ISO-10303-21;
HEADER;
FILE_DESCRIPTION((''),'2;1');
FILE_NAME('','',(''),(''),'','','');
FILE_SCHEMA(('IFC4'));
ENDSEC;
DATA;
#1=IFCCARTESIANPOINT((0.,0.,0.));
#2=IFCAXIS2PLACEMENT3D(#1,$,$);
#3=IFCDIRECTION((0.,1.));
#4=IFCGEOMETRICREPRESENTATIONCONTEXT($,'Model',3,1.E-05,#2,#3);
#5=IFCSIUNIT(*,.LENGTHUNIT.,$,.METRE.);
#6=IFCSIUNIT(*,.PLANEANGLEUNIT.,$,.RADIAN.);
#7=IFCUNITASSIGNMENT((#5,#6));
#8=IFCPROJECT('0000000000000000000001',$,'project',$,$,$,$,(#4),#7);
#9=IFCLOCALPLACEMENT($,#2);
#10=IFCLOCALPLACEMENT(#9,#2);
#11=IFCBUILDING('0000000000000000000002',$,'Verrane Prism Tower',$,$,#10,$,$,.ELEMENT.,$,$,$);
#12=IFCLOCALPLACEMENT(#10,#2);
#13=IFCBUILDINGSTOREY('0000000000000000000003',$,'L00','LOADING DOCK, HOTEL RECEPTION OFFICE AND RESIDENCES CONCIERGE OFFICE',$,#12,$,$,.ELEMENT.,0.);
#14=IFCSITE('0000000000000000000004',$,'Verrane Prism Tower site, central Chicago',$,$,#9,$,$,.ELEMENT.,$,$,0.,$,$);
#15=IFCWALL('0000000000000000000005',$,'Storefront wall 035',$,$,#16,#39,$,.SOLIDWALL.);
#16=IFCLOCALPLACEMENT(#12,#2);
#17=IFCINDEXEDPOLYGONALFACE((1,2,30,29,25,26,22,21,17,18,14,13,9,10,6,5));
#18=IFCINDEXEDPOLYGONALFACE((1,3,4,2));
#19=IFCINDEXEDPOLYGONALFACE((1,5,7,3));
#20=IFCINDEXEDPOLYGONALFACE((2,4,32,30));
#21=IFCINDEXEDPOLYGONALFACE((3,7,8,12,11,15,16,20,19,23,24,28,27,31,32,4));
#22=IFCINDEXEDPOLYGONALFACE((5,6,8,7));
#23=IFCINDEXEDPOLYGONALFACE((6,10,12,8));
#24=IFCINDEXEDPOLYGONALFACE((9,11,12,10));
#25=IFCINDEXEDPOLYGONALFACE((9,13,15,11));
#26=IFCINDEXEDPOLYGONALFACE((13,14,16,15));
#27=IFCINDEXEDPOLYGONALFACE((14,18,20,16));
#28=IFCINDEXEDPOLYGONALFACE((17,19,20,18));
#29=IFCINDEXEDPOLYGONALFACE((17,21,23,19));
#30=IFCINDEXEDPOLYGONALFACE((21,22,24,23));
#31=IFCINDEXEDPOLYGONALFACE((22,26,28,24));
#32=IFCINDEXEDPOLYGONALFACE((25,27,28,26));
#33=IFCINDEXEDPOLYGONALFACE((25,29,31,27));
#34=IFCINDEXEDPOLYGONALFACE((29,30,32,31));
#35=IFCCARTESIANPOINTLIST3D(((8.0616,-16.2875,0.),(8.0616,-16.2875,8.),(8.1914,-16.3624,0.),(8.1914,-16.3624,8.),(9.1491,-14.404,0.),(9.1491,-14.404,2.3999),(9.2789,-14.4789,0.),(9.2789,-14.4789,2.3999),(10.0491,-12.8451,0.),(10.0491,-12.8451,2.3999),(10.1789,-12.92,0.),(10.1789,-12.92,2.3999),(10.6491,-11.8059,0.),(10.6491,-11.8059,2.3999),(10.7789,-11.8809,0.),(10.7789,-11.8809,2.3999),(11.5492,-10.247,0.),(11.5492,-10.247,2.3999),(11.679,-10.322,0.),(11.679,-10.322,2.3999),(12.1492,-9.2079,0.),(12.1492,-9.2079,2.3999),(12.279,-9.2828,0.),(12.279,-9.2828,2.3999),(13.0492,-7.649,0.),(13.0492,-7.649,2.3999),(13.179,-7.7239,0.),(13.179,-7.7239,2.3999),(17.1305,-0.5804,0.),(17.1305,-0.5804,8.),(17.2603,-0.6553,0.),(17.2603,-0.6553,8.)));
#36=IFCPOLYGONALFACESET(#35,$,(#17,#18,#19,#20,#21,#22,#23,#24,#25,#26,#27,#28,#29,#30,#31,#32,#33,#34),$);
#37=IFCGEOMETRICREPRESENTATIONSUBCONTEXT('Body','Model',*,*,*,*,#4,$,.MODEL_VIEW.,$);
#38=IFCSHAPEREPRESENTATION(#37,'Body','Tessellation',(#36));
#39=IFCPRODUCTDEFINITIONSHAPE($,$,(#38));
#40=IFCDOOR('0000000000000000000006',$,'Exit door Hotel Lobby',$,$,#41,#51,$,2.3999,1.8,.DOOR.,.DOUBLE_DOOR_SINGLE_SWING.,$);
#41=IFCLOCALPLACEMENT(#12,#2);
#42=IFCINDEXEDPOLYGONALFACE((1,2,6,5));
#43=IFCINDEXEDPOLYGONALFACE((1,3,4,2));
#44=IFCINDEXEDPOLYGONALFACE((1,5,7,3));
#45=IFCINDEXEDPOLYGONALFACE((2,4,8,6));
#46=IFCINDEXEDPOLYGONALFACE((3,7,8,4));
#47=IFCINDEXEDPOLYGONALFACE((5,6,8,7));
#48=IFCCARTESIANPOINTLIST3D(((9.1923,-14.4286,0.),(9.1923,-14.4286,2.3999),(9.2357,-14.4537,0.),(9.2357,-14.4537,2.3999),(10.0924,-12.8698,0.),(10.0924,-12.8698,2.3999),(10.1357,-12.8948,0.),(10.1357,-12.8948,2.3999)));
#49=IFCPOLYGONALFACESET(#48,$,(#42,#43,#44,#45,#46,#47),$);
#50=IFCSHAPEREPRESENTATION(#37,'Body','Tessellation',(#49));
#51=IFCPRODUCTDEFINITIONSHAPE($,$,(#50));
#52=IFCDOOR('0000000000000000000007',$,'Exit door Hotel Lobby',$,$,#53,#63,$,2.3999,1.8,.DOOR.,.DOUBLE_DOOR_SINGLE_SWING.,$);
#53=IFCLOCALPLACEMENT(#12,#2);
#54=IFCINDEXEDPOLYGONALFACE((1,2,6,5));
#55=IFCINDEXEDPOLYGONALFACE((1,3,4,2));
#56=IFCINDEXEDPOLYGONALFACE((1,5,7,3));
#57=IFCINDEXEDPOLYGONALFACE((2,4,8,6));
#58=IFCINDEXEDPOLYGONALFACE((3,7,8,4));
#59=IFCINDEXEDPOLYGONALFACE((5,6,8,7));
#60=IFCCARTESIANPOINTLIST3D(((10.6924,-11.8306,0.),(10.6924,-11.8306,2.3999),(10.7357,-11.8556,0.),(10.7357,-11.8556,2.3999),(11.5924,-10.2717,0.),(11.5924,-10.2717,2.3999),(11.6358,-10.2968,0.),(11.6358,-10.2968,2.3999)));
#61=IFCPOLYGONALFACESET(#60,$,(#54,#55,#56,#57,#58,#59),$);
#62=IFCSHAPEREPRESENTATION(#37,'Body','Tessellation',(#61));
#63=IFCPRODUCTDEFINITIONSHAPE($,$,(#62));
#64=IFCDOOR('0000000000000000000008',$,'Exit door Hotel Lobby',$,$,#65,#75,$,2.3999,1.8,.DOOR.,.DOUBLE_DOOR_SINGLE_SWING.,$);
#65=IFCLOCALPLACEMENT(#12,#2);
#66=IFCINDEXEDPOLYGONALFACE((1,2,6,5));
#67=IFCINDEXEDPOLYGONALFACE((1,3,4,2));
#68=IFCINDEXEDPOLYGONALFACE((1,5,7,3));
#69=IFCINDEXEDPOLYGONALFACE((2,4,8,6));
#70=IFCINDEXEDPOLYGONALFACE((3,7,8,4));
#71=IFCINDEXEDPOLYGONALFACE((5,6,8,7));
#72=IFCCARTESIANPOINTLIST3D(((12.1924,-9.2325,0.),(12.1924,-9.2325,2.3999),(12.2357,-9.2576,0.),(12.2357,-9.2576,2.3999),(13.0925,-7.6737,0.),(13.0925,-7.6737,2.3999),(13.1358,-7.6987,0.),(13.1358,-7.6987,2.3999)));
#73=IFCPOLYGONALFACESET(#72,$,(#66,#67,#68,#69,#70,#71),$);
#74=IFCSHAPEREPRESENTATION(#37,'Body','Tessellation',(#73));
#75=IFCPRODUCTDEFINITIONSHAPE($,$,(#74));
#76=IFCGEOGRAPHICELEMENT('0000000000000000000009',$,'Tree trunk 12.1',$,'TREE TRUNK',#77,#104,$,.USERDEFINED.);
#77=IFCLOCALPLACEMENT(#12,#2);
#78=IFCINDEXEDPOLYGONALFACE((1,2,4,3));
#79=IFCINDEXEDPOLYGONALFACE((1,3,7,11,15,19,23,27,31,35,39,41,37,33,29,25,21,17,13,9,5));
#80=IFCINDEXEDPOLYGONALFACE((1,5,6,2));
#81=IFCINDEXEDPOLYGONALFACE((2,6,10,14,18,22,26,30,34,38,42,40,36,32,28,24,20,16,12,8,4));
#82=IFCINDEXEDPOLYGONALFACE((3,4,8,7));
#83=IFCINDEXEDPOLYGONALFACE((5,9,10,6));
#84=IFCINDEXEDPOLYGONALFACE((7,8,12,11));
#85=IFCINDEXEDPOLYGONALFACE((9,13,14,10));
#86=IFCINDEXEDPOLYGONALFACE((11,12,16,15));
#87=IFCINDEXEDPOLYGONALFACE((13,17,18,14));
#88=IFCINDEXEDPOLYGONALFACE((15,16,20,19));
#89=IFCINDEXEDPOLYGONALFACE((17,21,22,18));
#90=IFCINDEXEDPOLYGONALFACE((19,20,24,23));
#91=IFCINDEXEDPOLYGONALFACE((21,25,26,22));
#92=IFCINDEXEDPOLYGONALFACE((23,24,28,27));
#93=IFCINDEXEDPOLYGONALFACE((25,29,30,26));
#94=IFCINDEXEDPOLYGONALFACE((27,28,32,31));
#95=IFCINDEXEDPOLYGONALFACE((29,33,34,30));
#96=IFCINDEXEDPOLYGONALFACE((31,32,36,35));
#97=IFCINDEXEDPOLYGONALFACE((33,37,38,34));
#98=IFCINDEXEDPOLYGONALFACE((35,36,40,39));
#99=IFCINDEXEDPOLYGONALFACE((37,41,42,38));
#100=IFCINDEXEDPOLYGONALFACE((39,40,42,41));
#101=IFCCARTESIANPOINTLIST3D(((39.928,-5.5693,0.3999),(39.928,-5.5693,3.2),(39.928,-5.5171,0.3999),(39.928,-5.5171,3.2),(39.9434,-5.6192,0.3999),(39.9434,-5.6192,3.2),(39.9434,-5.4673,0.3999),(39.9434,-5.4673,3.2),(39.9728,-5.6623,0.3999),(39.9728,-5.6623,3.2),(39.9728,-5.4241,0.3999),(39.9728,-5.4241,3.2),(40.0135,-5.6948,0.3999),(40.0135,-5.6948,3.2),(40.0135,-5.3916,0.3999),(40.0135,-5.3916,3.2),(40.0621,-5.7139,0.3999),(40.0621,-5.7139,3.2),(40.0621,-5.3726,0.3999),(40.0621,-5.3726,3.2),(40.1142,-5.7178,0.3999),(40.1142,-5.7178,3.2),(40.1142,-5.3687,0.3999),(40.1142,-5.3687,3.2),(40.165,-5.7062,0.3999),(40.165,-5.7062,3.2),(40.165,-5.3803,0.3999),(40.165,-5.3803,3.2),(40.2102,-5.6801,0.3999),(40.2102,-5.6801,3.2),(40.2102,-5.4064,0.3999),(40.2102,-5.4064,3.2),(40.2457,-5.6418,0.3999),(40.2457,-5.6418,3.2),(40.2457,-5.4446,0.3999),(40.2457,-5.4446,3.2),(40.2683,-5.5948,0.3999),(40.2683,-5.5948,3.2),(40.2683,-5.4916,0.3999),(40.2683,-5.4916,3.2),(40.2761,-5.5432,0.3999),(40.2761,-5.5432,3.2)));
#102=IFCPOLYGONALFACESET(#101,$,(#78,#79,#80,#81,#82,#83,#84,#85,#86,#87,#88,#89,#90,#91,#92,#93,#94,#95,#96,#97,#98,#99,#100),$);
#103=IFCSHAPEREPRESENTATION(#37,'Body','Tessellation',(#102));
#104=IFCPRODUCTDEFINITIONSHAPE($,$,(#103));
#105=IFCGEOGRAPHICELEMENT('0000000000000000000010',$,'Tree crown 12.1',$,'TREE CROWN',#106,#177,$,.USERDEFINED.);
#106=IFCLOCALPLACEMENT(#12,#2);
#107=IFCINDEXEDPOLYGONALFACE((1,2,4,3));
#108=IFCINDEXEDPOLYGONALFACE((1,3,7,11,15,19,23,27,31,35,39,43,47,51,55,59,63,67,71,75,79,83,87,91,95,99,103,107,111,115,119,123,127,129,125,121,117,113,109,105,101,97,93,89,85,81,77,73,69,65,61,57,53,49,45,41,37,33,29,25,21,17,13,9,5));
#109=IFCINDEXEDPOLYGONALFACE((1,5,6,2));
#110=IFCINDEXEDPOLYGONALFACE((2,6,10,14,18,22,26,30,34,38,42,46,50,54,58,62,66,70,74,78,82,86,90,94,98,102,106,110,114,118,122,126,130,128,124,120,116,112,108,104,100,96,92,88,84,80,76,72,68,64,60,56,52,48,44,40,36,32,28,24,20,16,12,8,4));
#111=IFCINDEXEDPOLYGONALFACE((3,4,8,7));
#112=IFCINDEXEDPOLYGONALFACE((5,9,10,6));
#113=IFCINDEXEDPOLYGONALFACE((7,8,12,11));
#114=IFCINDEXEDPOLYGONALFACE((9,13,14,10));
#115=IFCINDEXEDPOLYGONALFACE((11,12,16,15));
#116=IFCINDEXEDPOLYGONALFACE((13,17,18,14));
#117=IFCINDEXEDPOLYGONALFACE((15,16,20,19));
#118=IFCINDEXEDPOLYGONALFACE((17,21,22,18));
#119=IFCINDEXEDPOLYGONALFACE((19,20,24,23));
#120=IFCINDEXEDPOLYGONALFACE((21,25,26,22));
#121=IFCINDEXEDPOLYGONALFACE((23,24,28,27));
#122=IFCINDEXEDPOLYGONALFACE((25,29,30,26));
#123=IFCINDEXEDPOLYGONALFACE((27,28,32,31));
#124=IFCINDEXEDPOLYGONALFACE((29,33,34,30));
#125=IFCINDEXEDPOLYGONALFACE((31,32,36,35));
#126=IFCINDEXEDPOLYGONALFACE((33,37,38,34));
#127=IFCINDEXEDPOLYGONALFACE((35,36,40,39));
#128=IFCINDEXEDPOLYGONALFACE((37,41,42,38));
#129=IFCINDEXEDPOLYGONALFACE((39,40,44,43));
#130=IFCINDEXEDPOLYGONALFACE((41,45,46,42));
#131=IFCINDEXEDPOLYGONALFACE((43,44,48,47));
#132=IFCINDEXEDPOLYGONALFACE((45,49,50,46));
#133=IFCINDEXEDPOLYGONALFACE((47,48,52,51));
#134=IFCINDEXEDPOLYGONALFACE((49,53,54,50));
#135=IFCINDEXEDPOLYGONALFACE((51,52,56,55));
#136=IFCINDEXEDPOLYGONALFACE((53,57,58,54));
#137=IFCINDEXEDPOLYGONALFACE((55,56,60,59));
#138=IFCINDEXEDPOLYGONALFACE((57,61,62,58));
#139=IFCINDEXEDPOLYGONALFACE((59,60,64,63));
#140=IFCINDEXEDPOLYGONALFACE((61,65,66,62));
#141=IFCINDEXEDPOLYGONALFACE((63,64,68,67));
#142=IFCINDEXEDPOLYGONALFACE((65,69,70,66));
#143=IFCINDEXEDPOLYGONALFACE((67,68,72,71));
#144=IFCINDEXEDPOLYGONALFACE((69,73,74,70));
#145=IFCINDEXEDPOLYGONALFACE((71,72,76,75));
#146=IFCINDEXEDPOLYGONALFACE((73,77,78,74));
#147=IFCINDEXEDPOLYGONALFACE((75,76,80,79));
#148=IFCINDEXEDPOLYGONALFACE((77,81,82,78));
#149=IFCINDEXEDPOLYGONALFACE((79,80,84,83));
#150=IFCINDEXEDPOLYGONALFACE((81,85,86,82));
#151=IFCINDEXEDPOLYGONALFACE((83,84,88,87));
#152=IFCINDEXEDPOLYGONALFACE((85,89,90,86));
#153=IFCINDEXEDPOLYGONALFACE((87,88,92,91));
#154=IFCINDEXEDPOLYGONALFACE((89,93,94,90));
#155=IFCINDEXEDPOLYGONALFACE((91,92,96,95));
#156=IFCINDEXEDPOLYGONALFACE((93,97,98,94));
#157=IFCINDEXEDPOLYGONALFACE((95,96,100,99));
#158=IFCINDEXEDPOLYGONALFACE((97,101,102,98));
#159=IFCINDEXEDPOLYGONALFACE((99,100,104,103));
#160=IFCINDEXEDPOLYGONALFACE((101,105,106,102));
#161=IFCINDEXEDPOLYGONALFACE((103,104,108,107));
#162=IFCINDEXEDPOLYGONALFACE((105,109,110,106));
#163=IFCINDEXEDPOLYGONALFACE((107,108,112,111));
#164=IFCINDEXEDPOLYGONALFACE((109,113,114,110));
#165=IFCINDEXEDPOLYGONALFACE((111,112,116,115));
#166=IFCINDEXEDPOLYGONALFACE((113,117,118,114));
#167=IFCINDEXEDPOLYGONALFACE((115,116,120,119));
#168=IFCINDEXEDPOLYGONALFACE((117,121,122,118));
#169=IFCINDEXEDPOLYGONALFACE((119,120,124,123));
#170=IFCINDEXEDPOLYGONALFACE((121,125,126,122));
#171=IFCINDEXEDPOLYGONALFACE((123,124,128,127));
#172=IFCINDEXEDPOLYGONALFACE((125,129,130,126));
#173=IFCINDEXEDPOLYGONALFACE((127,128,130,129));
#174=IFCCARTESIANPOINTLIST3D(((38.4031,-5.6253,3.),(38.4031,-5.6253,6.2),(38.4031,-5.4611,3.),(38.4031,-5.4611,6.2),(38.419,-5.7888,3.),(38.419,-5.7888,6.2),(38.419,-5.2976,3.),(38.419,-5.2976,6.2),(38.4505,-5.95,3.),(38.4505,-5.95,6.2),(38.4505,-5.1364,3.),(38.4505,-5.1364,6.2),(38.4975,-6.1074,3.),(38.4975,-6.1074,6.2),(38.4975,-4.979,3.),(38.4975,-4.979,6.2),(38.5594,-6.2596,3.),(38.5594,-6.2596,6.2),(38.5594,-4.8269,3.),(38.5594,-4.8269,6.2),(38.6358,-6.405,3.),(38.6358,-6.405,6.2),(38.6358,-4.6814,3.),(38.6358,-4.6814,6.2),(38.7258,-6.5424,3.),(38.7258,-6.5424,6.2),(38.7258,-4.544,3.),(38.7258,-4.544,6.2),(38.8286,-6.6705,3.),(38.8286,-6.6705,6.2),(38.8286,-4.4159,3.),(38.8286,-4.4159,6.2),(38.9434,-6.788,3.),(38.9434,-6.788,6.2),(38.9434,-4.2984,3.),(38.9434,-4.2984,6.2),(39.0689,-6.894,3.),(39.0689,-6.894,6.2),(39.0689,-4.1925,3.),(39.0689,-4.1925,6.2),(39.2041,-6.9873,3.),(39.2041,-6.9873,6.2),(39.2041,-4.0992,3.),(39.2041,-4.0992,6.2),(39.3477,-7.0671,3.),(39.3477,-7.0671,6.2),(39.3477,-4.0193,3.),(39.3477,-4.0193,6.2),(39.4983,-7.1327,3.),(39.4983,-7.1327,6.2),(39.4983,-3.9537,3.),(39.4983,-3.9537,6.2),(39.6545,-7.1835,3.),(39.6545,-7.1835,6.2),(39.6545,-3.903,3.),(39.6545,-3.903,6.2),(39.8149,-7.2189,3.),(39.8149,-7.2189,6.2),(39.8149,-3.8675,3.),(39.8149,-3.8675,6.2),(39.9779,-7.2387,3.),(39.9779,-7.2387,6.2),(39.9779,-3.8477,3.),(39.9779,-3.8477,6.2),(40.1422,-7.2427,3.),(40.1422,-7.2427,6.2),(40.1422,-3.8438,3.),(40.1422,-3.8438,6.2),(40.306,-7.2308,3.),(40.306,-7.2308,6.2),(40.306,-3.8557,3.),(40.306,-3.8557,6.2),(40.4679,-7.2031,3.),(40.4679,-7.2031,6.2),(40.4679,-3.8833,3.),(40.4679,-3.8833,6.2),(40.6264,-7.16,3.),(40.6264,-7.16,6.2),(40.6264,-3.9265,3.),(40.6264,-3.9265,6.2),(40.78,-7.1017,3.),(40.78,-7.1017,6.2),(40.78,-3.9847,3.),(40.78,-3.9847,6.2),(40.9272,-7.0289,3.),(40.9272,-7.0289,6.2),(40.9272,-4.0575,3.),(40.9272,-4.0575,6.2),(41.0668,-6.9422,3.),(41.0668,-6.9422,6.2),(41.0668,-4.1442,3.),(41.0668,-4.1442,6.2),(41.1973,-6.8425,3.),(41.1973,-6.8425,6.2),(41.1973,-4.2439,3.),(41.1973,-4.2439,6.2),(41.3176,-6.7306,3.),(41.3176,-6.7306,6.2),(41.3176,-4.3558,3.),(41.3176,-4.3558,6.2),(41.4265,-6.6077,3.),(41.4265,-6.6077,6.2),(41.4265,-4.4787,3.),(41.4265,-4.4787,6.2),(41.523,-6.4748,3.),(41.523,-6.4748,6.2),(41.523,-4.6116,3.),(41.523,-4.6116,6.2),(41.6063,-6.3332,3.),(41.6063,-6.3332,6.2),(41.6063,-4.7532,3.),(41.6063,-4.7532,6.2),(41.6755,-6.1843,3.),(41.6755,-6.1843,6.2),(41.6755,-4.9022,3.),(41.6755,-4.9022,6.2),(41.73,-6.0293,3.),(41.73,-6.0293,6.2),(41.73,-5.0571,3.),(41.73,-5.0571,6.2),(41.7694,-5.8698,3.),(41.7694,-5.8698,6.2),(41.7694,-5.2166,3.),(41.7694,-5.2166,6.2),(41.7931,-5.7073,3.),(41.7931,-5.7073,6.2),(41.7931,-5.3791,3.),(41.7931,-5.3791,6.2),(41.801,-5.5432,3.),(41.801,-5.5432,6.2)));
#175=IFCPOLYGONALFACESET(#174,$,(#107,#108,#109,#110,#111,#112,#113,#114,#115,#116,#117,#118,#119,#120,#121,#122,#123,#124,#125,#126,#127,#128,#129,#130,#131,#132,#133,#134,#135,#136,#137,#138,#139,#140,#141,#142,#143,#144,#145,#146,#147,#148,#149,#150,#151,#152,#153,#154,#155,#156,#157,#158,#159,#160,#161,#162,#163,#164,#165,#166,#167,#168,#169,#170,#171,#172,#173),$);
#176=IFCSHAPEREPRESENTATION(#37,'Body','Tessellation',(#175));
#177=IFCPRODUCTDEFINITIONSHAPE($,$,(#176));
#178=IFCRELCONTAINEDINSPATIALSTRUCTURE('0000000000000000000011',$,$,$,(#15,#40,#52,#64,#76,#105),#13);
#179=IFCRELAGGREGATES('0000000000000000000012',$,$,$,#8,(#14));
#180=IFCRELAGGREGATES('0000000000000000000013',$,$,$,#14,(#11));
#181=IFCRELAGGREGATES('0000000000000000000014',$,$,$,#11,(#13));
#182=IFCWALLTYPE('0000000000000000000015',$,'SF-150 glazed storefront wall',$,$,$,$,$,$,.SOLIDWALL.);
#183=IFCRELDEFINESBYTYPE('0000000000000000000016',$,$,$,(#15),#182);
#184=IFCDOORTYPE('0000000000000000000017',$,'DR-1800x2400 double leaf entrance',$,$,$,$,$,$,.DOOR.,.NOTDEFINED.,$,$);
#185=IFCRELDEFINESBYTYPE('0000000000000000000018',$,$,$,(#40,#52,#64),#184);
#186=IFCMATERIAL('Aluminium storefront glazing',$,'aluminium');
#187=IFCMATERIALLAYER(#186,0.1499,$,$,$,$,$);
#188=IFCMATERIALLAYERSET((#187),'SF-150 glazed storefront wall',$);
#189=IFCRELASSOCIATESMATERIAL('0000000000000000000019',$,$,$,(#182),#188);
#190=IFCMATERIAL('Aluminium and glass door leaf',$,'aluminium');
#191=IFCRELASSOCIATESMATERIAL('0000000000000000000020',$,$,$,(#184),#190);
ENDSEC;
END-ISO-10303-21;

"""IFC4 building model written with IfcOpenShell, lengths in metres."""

from ifc_helpers import new_model, si_unit, direction, frame, frame_2d, origin, origin_2d, place, context, subcontext, project, spatial, rectangle, circle, extrude, material, layer, layer_set, type_object, element, fill, save


model = new_model("IFC4")

# Units and contexts
model_context = context("Model", 3, precision=1e-05, world=origin(), true_north=direction((0.0, 1.0)))
body_context = subcontext(model_context, "Body", "Model", "MODEL_VIEW")
ifc_project = project(units=[si_unit("LENGTHUNIT", "METRE"), si_unit("PLANEANGLEUNIT", "RADIAN")], contexts=[model_context])

# Site, building, storey
site_placement = place(None, origin())
site = spatial("IfcSite", under=ifc_project, at=site_placement, Name="Verrane Prism Tower site, central Chicago", CompositionType="ELEMENT", RefElevation=0.0)
building_placement = place(site_placement, origin())
building = spatial("IfcBuilding", under=site, at=building_placement, Name="Verrane Prism Tower", CompositionType="ELEMENT")
storey_placement = place(building_placement, origin())
storey = spatial("IfcBuildingStorey", under=building, at=storey_placement, Name="L00", Description="LOADING DOCK, HOTEL RECEPTION OFFICE AND RESIDENCES CONCIERGE OFFICE", CompositionType="ELEMENT", Elevation=0.0)

# Wall, openings, doors
ifc_material_1 = material(Name="Aluminium storefront glazing", Category="aluminium")
ifc_layer_1 = layer(ifc_material_1, 0.1499)
ifc_layer_set_1 = layer_set([ifc_layer_1], Name="SF-150 glazed storefront wall")
wall_type_1 = type_object("IfcWallType", Name="SF-150 glazed storefront wall", PredefinedType="SOLIDWALL", material=ifc_layer_set_1)
wall_1_placement = place(storey_placement, frame((8.1265, -16.325, 0.0), z_axis=(0.0, 0.0, 1.0), x_axis=(0.500016, 0.866016, 0.0)))
wall_1 = element("IfcWall", 1, at=wall_1_placement, inside=storey, type_object=wall_type_1, Name="Storefront wall 035", PredefinedType="SOLIDWALL", context=body_context, shape_type="SweptSolid", body=[
    extrude(rectangle(XDim=18.1372, YDim=0.1499, at=frame_2d((9.0686, 0.0))), origin(), (0.0, 0.0, 1.0), 8.0),
])
opening_1_placement = place(wall_1_placement, frame((2.175, 0.0, 0.0)))
opening_1 = element("IfcOpeningElement", 2, at=opening_1_placement, cuts=wall_1, PredefinedType="OPENING", context=body_context, shape_type="SweptSolid", body=[
    extrude(rectangle(XDim=1.8, YDim=2.3999, at=frame_2d((0.8999, 1.2))), frame((0.0, 0.085, 0.0), z_axis=(0.0, -1.0, 0.0), x_axis=(1.0, 0.0, 0.0)), (0.0, 0.0, 1.0), 0.1699),
])
opening_2_placement = place(wall_1_placement, frame((5.175, 0.0, 0.0)))
opening_2 = element("IfcOpeningElement", 3, at=opening_2_placement, cuts=wall_1, PredefinedType="OPENING", context=body_context, shape_type="SweptSolid", body=[
    extrude(rectangle(XDim=1.8, YDim=2.3999, at=frame_2d((0.8999, 1.2))), frame((0.0, 0.085, 0.0), z_axis=(0.0, -1.0, 0.0), x_axis=(1.0, 0.0, 0.0)), (0.0, 0.0, 1.0), 0.1699),
])
opening_3_placement = place(wall_1_placement, frame((8.175, 0.0, 0.0)))
opening_3 = element("IfcOpeningElement", 4, at=opening_3_placement, cuts=wall_1, PredefinedType="OPENING", context=body_context, shape_type="SweptSolid", body=[
    extrude(rectangle(XDim=1.8, YDim=2.3999, at=frame_2d((0.8999, 1.2))), frame((0.0, 0.085, 0.0), z_axis=(0.0, -1.0, 0.0), x_axis=(1.0, 0.0, 0.0)), (0.0, 0.0, 1.0), 0.1699),
])
ifc_material_2 = material(Name="Aluminium and glass door leaf", Category="aluminium")
door_type_1 = type_object("IfcDoorType", Name="DR-1800x2400 double leaf entrance", OperationType="NOTDEFINED", PredefinedType="DOOR", material=ifc_material_2)
door_1_placement = place(opening_1_placement, frame((1.8, 0.0, 0.0), z_axis=(0.0, 0.0, 1.0), x_axis=(-1.0, 0.0, 0.0)))
door_1 = element("IfcDoor", 5, at=door_1_placement, inside=storey, type_object=door_type_1, Name="Exit door Hotel Lobby", OperationType="DOUBLE_DOOR_SINGLE_SWING", OverallHeight=2.3999, OverallWidth=1.8, PredefinedType="DOOR", context=body_context, shape_type="SweptSolid", body=[
    extrude(rectangle(XDim=1.8, YDim=2.3999, at=frame_2d((0.8999, 1.2))), frame((0.0, 0.0249, 0.0), z_axis=(0.0, -1.0, 0.0), x_axis=(1.0, 0.0, 0.0)), (0.0, 0.0, 1.0), 0.05),
])
fill(opening_1, door_1)
door_2_placement = place(opening_2_placement, frame((1.8, 0.0, 0.0), z_axis=(0.0, 0.0, 1.0), x_axis=(-1.0, 0.0, 0.0)))
door_2 = element("IfcDoor", 6, at=door_2_placement, inside=storey, type_object=door_type_1, Name="Exit door Hotel Lobby", OperationType="DOUBLE_DOOR_SINGLE_SWING", OverallHeight=2.3999, OverallWidth=1.8, PredefinedType="DOOR", context=body_context, shape_type="SweptSolid", body=[
    extrude(rectangle(XDim=1.8, YDim=2.3999, at=frame_2d((0.8999, 1.2))), frame((0.0, 0.0249, 0.0), z_axis=(0.0, -1.0, 0.0), x_axis=(1.0, 0.0, 0.0)), (0.0, 0.0, 1.0), 0.05),
])
fill(opening_2, door_2)
door_3_placement = place(opening_3_placement, frame((1.8, 0.0, 0.0), z_axis=(0.0, 0.0, 1.0), x_axis=(-1.0, 0.0, 0.0)))
door_3 = element("IfcDoor", 7, at=door_3_placement, inside=storey, type_object=door_type_1, Name="Exit door Hotel Lobby", OperationType="DOUBLE_DOOR_SINGLE_SWING", OverallHeight=2.3999, OverallWidth=1.8, PredefinedType="DOOR", context=body_context, shape_type="SweptSolid", body=[
    extrude(rectangle(XDim=1.8, YDim=2.3999, at=frame_2d((0.8999, 1.2))), frame((0.0, 0.0249, 0.0), z_axis=(0.0, -1.0, 0.0), x_axis=(1.0, 0.0, 0.0)), (0.0, 0.0, 1.0), 0.05),
])
fill(opening_3, door_3)

# Geographic elements
geographic_element_1_placement = place(storey_placement, frame((40.1011, -5.5432, 3.2), z_axis=(0.0, 0.0, -1.0), x_axis=(1.0, 0.0, 0.0)))
element("IfcGeographicElement", 8, at=geographic_element_1_placement, inside=storey, Name="Tree trunk 12.1", ObjectType="TREE TRUNK", PredefinedType="USERDEFINED", context=body_context, shape_type="SweptSolid", body=[
    extrude(circle(Radius=0.175, at=origin_2d()), origin(), (0.0, 0.0, 1.0), 2.8),
])
geographic_element_2_placement = place(storey_placement, frame((40.1011, -5.5432, 6.2), z_axis=(0.0, 0.0, -1.0), x_axis=(1.0, 0.0, 0.0)))
element("IfcGeographicElement", 9, at=geographic_element_2_placement, inside=storey, Name="Tree crown 12.1", ObjectType="TREE CROWN", PredefinedType="USERDEFINED", context=body_context, shape_type="SweptSolid", body=[
    extrude(circle(Radius=1.7, at=origin_2d()), origin(), (0.0, 0.0, 1.0), 3.2),
])

save(model, "model.ifc")
